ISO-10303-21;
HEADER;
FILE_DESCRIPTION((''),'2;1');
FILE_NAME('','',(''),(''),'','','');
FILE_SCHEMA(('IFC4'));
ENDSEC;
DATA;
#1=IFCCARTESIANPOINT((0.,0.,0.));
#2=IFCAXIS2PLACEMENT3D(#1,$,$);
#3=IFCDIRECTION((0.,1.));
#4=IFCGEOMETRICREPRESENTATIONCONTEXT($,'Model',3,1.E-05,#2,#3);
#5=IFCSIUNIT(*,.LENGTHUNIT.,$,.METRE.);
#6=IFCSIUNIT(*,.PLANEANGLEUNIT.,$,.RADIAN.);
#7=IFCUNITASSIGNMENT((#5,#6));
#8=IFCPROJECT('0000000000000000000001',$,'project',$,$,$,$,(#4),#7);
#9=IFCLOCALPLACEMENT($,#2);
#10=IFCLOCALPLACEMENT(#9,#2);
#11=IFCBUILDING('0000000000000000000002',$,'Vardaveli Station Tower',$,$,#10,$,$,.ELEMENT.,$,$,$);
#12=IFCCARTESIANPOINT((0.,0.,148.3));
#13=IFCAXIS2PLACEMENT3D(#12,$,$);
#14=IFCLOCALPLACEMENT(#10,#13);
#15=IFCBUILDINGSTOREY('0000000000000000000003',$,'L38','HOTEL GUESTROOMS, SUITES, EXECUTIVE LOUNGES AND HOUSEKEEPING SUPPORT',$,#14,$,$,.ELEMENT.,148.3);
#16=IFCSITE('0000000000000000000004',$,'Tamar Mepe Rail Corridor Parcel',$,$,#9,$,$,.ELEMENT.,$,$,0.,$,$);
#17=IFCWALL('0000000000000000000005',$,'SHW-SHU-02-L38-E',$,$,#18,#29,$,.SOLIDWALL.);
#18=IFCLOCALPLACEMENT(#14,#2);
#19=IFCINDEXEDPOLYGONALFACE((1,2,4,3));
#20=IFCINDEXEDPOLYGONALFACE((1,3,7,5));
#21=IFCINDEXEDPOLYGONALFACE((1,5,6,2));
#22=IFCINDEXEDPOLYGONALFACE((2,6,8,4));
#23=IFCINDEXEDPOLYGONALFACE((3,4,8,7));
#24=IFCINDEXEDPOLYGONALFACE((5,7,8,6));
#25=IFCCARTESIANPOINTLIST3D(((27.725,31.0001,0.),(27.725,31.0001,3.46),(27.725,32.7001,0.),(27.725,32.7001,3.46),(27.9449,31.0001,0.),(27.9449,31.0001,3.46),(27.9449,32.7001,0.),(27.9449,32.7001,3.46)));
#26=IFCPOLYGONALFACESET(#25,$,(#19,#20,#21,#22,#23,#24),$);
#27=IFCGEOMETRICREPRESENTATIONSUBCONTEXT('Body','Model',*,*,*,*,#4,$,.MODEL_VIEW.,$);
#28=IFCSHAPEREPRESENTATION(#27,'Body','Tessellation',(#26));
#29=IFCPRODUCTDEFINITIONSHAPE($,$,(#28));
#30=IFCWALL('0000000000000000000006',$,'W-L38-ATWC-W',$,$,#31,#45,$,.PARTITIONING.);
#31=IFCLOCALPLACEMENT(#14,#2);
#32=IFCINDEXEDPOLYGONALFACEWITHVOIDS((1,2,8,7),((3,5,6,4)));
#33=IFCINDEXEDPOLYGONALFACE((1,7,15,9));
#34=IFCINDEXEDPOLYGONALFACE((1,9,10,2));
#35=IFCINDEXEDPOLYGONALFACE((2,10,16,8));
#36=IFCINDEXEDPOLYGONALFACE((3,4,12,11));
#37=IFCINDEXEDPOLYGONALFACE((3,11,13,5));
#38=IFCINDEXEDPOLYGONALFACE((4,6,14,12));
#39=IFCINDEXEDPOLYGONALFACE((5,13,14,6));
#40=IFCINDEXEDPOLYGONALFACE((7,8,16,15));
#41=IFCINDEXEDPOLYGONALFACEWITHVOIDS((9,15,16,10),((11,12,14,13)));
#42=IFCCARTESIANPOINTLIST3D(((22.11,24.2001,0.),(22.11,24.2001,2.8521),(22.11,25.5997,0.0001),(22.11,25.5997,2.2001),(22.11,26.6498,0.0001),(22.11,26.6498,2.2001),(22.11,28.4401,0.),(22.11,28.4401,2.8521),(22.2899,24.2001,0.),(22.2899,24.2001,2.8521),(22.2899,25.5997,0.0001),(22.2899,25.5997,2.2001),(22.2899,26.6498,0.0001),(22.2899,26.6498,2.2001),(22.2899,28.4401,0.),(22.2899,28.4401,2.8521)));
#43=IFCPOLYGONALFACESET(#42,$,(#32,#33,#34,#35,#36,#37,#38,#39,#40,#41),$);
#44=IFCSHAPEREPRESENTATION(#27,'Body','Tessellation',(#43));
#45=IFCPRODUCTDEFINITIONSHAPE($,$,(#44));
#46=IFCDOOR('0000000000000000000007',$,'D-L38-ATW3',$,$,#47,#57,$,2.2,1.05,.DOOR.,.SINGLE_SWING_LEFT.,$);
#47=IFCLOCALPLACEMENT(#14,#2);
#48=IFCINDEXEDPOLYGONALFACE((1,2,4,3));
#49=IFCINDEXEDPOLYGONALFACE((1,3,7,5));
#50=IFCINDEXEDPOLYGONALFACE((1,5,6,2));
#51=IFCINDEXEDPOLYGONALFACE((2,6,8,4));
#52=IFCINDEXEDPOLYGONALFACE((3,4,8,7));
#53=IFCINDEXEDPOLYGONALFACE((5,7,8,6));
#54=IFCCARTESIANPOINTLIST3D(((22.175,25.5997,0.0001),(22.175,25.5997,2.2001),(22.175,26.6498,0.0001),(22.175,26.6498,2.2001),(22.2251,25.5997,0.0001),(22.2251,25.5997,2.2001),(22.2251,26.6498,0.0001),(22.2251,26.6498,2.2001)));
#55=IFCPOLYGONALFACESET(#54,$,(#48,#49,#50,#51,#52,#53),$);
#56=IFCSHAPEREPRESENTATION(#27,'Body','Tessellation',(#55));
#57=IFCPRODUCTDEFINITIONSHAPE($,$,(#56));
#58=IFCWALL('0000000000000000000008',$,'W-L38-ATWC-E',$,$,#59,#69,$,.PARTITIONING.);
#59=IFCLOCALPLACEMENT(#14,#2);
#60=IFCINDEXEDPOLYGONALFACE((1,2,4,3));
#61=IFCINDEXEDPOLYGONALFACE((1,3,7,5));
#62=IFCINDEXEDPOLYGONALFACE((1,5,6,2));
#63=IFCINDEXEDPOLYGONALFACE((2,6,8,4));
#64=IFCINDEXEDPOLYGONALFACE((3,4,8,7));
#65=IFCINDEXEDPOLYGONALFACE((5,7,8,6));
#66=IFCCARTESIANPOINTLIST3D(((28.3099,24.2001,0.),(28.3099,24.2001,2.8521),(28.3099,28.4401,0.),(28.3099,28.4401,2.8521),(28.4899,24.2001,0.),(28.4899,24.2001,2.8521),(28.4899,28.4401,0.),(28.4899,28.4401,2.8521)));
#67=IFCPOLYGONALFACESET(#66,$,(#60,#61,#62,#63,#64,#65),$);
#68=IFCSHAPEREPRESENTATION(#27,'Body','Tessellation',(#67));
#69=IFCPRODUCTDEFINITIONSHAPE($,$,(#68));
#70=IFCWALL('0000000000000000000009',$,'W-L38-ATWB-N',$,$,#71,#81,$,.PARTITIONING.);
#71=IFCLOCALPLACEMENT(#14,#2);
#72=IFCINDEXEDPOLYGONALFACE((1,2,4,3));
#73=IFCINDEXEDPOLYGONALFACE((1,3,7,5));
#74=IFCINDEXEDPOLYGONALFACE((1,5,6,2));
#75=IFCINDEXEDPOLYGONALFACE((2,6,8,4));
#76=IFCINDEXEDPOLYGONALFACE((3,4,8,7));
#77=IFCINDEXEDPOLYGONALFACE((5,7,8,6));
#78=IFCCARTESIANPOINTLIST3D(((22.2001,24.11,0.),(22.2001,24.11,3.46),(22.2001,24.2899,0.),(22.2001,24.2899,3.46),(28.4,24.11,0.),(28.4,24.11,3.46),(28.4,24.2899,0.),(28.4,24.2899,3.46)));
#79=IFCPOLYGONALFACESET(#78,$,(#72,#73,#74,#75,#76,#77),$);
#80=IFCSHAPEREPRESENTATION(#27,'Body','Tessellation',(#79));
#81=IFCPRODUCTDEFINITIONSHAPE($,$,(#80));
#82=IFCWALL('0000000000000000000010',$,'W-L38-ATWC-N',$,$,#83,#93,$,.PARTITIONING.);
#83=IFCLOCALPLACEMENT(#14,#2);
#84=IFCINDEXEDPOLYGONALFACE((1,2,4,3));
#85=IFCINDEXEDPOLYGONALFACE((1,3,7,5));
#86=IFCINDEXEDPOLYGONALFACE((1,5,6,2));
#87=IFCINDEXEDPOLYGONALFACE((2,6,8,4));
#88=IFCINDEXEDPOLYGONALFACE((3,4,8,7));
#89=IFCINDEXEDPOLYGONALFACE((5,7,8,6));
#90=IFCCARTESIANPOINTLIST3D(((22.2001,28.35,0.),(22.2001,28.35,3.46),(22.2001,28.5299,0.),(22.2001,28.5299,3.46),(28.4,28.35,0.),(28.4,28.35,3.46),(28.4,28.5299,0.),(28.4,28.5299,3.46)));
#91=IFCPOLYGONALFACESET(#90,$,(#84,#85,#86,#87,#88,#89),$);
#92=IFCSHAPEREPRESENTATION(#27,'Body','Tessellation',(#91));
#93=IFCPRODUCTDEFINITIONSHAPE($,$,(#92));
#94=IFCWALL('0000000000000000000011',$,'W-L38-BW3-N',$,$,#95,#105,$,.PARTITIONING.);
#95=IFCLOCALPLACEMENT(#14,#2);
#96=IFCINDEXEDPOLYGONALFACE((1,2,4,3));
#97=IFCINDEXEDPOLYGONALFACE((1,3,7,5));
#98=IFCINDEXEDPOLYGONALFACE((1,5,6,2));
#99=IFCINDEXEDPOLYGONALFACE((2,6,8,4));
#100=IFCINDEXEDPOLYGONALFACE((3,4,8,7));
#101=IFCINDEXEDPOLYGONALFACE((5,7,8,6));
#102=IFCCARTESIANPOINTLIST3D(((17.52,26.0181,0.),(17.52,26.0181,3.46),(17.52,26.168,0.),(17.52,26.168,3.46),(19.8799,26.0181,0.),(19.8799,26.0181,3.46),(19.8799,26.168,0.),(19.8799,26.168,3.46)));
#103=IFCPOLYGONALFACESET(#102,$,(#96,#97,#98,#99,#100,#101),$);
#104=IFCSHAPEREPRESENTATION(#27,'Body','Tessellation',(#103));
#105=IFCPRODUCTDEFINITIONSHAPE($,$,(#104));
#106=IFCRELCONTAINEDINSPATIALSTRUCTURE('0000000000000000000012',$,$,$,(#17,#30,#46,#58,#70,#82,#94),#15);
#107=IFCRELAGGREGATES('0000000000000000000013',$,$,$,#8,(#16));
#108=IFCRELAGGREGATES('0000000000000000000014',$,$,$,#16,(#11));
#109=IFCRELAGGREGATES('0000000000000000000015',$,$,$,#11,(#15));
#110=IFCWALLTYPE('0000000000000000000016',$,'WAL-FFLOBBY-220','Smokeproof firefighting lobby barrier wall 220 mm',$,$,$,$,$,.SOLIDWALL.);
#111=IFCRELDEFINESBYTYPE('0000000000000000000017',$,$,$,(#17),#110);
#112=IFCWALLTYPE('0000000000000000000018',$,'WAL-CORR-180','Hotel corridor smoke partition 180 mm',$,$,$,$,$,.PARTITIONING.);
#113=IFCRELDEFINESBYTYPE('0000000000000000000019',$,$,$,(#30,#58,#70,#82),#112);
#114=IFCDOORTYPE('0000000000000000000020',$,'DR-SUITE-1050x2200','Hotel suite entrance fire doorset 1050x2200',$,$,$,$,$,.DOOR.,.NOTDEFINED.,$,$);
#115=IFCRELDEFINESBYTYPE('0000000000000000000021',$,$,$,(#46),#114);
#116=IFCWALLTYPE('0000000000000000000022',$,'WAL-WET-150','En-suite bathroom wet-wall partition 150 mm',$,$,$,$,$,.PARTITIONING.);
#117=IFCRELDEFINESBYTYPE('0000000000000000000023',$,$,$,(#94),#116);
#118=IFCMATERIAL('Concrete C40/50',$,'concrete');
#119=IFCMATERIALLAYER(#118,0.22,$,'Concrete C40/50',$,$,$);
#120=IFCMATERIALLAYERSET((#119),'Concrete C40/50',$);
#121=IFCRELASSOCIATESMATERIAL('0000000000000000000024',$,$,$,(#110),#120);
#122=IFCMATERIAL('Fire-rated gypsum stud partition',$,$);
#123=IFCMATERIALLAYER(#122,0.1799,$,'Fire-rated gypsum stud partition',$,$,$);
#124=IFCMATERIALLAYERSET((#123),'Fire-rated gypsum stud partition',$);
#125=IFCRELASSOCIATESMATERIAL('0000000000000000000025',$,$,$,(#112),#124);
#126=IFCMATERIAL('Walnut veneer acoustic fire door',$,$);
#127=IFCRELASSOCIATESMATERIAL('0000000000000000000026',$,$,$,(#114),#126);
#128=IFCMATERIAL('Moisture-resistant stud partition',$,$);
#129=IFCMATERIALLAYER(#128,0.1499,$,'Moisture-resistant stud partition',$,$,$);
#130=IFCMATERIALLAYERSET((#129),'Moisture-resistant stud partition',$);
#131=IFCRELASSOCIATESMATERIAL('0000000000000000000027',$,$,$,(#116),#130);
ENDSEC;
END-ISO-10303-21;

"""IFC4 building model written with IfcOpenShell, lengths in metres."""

from ifc_helpers import new_model, si_unit, direction, frame, frame_2d, origin, place, context, subcontext, project, spatial, rectangle, extrude, source, transform, mapped, material, layer, layer_set, type_object, element, fill, save


model = new_model("IFC4")

# Units and contexts
model_context = context("Model", 3, precision=1e-05, world=origin(), true_north=direction((0.0, 1.0)))
body_context = subcontext(model_context, "Body", "Model", "MODEL_VIEW")
ifc_project = project(units=[si_unit("LENGTHUNIT", "METRE"), si_unit("PLANEANGLEUNIT", "RADIAN")], contexts=[model_context])

# Site, building, storey
site_placement = place(None, origin())
site = spatial("IfcSite", under=ifc_project, at=site_placement, Name="Tamar Mepe Rail Corridor Parcel", CompositionType="ELEMENT", RefElevation=0.0)
building_placement = place(site_placement, origin())
building = spatial("IfcBuilding", under=site, at=building_placement, Name="Vardaveli Station Tower", CompositionType="ELEMENT")
storey_placement = place(building_placement, frame((0.0, 0.0, 148.3)))
storey = spatial("IfcBuildingStorey", under=building, at=storey_placement, Name="L38", Description="HOTEL GUESTROOMS, SUITES, EXECUTIVE LOUNGES AND HOUSEKEEPING SUPPORT", CompositionType="ELEMENT", Elevation=148.3)

# Shared definitions
ifc_material_1 = material(Name="Concrete C40/50", Category="concrete")

# Wall
ifc_layer_1 = layer(ifc_material_1, 0.22, Name="Concrete C40/50")
ifc_layer_set_1 = layer_set([ifc_layer_1], Name="Concrete C40/50")
wall_type_1 = type_object("IfcWallType", Name="WAL-FFLOBBY-220", Description="Smokeproof firefighting lobby barrier wall 220 mm", PredefinedType="SOLIDWALL", material=ifc_layer_set_1)
shared_shape_1 = source(origin(), body_context, "Body", "SweptSolid", [
    extrude(rectangle(XDim=1.7, YDim=0.22, at=frame_2d((0.8501, 0.0))), origin(), (0.0, 0.0, 1.0), 3.46),
])
for number, where, z_axis, x_axis, name in (
    (1, (27.835, 31.0, 0.0), (0.0, 0.0, 1.0), (0.0, 1.0, 0.0), "SHW-SHU-02-L38-E"),
):
    element("IfcWall", number, at=place(storey_placement, frame(where, z_axis=z_axis, x_axis=x_axis)), inside=storey, type_object=wall_type_1, Name=name, PredefinedType="SOLIDWALL", context=body_context, shape_type="MappedRepresentation", body=[
        mapped(shared_shape_1, transform((0.0, 0.0, 0.0), scale=1.0)),
    ])

# Wall, opening, door
ifc_material_2 = material(Name="Fire-rated gypsum stud partition")
ifc_layer_2 = layer(ifc_material_2, 0.1799, Name="Fire-rated gypsum stud partition")
ifc_layer_set_2 = layer_set([ifc_layer_2], Name="Fire-rated gypsum stud partition")
wall_type_2 = type_object("IfcWallType", Name="WAL-CORR-180", Description="Hotel corridor smoke partition 180 mm", PredefinedType="PARTITIONING", material=ifc_layer_set_2)
shared_shape_2 = source(origin(), body_context, "Body", "SweptSolid", [
    extrude(rectangle(XDim=4.24, YDim=0.1799, at=frame_2d((2.1201, 0.0))), origin(), (0.0, 0.0, 1.0), 2.8521),
])
wall_1_placement = place(storey_placement, frame((22.2, 24.2, 0.0), z_axis=(0.0, 0.0, 1.0), x_axis=(0.0, 1.0, 0.0)))
wall_1 = element("IfcWall", 2, at=wall_1_placement, inside=storey, type_object=wall_type_2, Name="W-L38-ATWC-W", PredefinedType="PARTITIONING", context=body_context, shape_type="MappedRepresentation", body=[
    mapped(shared_shape_2, transform((0.0, 0.0, 0.0), scale=1.0)),
])
shared_shape_3 = source(origin(), body_context, "Body", "SweptSolid", [
    extrude(rectangle(XDim=1.05, YDim=2.2, at=frame_2d((0.5249, 1.1001))), frame((0.0, 0.1001, 0.0), z_axis=(0.0, -1.0, 0.0), x_axis=(1.0, 0.0, 0.0)), (0.0, 0.0, 1.0), 0.2),
])
opening_1_placement = place(wall_1_placement, frame((1.3999, 0.0, 0.0)))
opening_1 = element("IfcOpeningElement", 3, at=opening_1_placement, cuts=wall_1, PredefinedType="OPENING", context=body_context, shape_type="MappedRepresentation", body=[
    mapped(shared_shape_3, transform((0.0, 0.0, 0.0), scale=1.0)),
])
ifc_material_3 = material(Name="Walnut veneer acoustic fire door")
door_type_1 = type_object("IfcDoorType", Name="DR-SUITE-1050x2200", Description="Hotel suite entrance fire doorset 1050x2200", OperationType="NOTDEFINED", PredefinedType="DOOR", material=ifc_material_3)
shared_shape_4 = source(origin(), body_context, "Body", "SweptSolid", [
    extrude(rectangle(XDim=1.05, YDim=2.2, at=frame_2d((0.5249, 1.1001))), frame((0.0, 0.0249, 0.0), z_axis=(0.0, -1.0, 0.0), x_axis=(1.0, 0.0, 0.0)), (0.0, 0.0, 1.0), 0.05),
])
door_1_placement = place(opening_1_placement, origin())
door_1 = element("IfcDoor", 4, at=door_1_placement, inside=storey, type_object=door_type_1, Name="D-L38-ATW3", OperationType="SINGLE_SWING_LEFT", OverallHeight=2.2, OverallWidth=1.05, PredefinedType="DOOR", context=body_context, shape_type="MappedRepresentation", body=[
    mapped(shared_shape_4, transform((0.0, 0.0, 0.0), scale=1.0)),
])
fill(opening_1, door_1)

# Walls
wall_2_placement = place(storey_placement, frame((28.3999, 24.2, 0.0), z_axis=(0.0, 0.0, 1.0), x_axis=(0.0, 1.0, 0.0)))
element("IfcWall", 5, at=wall_2_placement, inside=storey, type_object=wall_type_2, Name="W-L38-ATWC-E", PredefinedType="PARTITIONING", context=body_context, shape_type="MappedRepresentation", body=[
    mapped(shared_shape_2, transform((0.0, 0.0, 0.0), scale=1.0)),
])
shared_shape_5 = source(origin(), body_context, "Body", "SweptSolid", [
    extrude(rectangle(XDim=6.2, YDim=0.1799, at=frame_2d((3.1001, 0.0))), origin(), (0.0, 0.0, 1.0), 3.46),
])
for number, where, z_axis, x_axis, name in (
    (6, (22.2, 24.2, 0.0), (0.0, 0.0, 1.0), (1.0, 0.0, 0.0), "W-L38-ATWB-N"),
    (7, (22.2, 28.4399, 0.0), (0.0, 0.0, 1.0), (1.0, 0.0, 0.0), "W-L38-ATWC-N"),
):
    element("IfcWall", number, at=place(storey_placement, frame(where, z_axis=z_axis, x_axis=x_axis)), inside=storey, type_object=wall_type_2, Name=name, PredefinedType="PARTITIONING", context=body_context, shape_type="MappedRepresentation", body=[
        mapped(shared_shape_5, transform((0.0, 0.0, 0.0), scale=1.0)),
    ])
ifc_material_4 = material(Name="Moisture-resistant stud partition")
ifc_layer_3 = layer(ifc_material_4, 0.1499, Name="Moisture-resistant stud partition")
ifc_layer_set_3 = layer_set([ifc_layer_3], Name="Moisture-resistant stud partition")
wall_type_3 = type_object("IfcWallType", Name="WAL-WET-150", Description="En-suite bathroom wet-wall partition 150 mm", PredefinedType="PARTITIONING", material=ifc_layer_set_3)
shared_shape_6 = source(origin(), body_context, "Body", "SweptSolid", [
    extrude(rectangle(XDim=2.3599, YDim=0.1499, at=frame_2d((1.1799, 0.0))), origin(), (0.0, 0.0, 1.0), 3.46),
])
wall_3_placement = place(storey_placement, frame((17.52, 26.093, 0.0), z_axis=(0.0, 0.0, 1.0), x_axis=(1.0, 0.0, 0.0)))
element("IfcWall", 8, at=wall_3_placement, inside=storey, type_object=wall_type_3, Name="W-L38-BW3-N", PredefinedType="PARTITIONING", context=body_context, shape_type="MappedRepresentation", body=[
    mapped(shared_shape_6, transform((0.0, 0.0, 0.0), scale=1.0)),
])

save(model, "model.ifc")
